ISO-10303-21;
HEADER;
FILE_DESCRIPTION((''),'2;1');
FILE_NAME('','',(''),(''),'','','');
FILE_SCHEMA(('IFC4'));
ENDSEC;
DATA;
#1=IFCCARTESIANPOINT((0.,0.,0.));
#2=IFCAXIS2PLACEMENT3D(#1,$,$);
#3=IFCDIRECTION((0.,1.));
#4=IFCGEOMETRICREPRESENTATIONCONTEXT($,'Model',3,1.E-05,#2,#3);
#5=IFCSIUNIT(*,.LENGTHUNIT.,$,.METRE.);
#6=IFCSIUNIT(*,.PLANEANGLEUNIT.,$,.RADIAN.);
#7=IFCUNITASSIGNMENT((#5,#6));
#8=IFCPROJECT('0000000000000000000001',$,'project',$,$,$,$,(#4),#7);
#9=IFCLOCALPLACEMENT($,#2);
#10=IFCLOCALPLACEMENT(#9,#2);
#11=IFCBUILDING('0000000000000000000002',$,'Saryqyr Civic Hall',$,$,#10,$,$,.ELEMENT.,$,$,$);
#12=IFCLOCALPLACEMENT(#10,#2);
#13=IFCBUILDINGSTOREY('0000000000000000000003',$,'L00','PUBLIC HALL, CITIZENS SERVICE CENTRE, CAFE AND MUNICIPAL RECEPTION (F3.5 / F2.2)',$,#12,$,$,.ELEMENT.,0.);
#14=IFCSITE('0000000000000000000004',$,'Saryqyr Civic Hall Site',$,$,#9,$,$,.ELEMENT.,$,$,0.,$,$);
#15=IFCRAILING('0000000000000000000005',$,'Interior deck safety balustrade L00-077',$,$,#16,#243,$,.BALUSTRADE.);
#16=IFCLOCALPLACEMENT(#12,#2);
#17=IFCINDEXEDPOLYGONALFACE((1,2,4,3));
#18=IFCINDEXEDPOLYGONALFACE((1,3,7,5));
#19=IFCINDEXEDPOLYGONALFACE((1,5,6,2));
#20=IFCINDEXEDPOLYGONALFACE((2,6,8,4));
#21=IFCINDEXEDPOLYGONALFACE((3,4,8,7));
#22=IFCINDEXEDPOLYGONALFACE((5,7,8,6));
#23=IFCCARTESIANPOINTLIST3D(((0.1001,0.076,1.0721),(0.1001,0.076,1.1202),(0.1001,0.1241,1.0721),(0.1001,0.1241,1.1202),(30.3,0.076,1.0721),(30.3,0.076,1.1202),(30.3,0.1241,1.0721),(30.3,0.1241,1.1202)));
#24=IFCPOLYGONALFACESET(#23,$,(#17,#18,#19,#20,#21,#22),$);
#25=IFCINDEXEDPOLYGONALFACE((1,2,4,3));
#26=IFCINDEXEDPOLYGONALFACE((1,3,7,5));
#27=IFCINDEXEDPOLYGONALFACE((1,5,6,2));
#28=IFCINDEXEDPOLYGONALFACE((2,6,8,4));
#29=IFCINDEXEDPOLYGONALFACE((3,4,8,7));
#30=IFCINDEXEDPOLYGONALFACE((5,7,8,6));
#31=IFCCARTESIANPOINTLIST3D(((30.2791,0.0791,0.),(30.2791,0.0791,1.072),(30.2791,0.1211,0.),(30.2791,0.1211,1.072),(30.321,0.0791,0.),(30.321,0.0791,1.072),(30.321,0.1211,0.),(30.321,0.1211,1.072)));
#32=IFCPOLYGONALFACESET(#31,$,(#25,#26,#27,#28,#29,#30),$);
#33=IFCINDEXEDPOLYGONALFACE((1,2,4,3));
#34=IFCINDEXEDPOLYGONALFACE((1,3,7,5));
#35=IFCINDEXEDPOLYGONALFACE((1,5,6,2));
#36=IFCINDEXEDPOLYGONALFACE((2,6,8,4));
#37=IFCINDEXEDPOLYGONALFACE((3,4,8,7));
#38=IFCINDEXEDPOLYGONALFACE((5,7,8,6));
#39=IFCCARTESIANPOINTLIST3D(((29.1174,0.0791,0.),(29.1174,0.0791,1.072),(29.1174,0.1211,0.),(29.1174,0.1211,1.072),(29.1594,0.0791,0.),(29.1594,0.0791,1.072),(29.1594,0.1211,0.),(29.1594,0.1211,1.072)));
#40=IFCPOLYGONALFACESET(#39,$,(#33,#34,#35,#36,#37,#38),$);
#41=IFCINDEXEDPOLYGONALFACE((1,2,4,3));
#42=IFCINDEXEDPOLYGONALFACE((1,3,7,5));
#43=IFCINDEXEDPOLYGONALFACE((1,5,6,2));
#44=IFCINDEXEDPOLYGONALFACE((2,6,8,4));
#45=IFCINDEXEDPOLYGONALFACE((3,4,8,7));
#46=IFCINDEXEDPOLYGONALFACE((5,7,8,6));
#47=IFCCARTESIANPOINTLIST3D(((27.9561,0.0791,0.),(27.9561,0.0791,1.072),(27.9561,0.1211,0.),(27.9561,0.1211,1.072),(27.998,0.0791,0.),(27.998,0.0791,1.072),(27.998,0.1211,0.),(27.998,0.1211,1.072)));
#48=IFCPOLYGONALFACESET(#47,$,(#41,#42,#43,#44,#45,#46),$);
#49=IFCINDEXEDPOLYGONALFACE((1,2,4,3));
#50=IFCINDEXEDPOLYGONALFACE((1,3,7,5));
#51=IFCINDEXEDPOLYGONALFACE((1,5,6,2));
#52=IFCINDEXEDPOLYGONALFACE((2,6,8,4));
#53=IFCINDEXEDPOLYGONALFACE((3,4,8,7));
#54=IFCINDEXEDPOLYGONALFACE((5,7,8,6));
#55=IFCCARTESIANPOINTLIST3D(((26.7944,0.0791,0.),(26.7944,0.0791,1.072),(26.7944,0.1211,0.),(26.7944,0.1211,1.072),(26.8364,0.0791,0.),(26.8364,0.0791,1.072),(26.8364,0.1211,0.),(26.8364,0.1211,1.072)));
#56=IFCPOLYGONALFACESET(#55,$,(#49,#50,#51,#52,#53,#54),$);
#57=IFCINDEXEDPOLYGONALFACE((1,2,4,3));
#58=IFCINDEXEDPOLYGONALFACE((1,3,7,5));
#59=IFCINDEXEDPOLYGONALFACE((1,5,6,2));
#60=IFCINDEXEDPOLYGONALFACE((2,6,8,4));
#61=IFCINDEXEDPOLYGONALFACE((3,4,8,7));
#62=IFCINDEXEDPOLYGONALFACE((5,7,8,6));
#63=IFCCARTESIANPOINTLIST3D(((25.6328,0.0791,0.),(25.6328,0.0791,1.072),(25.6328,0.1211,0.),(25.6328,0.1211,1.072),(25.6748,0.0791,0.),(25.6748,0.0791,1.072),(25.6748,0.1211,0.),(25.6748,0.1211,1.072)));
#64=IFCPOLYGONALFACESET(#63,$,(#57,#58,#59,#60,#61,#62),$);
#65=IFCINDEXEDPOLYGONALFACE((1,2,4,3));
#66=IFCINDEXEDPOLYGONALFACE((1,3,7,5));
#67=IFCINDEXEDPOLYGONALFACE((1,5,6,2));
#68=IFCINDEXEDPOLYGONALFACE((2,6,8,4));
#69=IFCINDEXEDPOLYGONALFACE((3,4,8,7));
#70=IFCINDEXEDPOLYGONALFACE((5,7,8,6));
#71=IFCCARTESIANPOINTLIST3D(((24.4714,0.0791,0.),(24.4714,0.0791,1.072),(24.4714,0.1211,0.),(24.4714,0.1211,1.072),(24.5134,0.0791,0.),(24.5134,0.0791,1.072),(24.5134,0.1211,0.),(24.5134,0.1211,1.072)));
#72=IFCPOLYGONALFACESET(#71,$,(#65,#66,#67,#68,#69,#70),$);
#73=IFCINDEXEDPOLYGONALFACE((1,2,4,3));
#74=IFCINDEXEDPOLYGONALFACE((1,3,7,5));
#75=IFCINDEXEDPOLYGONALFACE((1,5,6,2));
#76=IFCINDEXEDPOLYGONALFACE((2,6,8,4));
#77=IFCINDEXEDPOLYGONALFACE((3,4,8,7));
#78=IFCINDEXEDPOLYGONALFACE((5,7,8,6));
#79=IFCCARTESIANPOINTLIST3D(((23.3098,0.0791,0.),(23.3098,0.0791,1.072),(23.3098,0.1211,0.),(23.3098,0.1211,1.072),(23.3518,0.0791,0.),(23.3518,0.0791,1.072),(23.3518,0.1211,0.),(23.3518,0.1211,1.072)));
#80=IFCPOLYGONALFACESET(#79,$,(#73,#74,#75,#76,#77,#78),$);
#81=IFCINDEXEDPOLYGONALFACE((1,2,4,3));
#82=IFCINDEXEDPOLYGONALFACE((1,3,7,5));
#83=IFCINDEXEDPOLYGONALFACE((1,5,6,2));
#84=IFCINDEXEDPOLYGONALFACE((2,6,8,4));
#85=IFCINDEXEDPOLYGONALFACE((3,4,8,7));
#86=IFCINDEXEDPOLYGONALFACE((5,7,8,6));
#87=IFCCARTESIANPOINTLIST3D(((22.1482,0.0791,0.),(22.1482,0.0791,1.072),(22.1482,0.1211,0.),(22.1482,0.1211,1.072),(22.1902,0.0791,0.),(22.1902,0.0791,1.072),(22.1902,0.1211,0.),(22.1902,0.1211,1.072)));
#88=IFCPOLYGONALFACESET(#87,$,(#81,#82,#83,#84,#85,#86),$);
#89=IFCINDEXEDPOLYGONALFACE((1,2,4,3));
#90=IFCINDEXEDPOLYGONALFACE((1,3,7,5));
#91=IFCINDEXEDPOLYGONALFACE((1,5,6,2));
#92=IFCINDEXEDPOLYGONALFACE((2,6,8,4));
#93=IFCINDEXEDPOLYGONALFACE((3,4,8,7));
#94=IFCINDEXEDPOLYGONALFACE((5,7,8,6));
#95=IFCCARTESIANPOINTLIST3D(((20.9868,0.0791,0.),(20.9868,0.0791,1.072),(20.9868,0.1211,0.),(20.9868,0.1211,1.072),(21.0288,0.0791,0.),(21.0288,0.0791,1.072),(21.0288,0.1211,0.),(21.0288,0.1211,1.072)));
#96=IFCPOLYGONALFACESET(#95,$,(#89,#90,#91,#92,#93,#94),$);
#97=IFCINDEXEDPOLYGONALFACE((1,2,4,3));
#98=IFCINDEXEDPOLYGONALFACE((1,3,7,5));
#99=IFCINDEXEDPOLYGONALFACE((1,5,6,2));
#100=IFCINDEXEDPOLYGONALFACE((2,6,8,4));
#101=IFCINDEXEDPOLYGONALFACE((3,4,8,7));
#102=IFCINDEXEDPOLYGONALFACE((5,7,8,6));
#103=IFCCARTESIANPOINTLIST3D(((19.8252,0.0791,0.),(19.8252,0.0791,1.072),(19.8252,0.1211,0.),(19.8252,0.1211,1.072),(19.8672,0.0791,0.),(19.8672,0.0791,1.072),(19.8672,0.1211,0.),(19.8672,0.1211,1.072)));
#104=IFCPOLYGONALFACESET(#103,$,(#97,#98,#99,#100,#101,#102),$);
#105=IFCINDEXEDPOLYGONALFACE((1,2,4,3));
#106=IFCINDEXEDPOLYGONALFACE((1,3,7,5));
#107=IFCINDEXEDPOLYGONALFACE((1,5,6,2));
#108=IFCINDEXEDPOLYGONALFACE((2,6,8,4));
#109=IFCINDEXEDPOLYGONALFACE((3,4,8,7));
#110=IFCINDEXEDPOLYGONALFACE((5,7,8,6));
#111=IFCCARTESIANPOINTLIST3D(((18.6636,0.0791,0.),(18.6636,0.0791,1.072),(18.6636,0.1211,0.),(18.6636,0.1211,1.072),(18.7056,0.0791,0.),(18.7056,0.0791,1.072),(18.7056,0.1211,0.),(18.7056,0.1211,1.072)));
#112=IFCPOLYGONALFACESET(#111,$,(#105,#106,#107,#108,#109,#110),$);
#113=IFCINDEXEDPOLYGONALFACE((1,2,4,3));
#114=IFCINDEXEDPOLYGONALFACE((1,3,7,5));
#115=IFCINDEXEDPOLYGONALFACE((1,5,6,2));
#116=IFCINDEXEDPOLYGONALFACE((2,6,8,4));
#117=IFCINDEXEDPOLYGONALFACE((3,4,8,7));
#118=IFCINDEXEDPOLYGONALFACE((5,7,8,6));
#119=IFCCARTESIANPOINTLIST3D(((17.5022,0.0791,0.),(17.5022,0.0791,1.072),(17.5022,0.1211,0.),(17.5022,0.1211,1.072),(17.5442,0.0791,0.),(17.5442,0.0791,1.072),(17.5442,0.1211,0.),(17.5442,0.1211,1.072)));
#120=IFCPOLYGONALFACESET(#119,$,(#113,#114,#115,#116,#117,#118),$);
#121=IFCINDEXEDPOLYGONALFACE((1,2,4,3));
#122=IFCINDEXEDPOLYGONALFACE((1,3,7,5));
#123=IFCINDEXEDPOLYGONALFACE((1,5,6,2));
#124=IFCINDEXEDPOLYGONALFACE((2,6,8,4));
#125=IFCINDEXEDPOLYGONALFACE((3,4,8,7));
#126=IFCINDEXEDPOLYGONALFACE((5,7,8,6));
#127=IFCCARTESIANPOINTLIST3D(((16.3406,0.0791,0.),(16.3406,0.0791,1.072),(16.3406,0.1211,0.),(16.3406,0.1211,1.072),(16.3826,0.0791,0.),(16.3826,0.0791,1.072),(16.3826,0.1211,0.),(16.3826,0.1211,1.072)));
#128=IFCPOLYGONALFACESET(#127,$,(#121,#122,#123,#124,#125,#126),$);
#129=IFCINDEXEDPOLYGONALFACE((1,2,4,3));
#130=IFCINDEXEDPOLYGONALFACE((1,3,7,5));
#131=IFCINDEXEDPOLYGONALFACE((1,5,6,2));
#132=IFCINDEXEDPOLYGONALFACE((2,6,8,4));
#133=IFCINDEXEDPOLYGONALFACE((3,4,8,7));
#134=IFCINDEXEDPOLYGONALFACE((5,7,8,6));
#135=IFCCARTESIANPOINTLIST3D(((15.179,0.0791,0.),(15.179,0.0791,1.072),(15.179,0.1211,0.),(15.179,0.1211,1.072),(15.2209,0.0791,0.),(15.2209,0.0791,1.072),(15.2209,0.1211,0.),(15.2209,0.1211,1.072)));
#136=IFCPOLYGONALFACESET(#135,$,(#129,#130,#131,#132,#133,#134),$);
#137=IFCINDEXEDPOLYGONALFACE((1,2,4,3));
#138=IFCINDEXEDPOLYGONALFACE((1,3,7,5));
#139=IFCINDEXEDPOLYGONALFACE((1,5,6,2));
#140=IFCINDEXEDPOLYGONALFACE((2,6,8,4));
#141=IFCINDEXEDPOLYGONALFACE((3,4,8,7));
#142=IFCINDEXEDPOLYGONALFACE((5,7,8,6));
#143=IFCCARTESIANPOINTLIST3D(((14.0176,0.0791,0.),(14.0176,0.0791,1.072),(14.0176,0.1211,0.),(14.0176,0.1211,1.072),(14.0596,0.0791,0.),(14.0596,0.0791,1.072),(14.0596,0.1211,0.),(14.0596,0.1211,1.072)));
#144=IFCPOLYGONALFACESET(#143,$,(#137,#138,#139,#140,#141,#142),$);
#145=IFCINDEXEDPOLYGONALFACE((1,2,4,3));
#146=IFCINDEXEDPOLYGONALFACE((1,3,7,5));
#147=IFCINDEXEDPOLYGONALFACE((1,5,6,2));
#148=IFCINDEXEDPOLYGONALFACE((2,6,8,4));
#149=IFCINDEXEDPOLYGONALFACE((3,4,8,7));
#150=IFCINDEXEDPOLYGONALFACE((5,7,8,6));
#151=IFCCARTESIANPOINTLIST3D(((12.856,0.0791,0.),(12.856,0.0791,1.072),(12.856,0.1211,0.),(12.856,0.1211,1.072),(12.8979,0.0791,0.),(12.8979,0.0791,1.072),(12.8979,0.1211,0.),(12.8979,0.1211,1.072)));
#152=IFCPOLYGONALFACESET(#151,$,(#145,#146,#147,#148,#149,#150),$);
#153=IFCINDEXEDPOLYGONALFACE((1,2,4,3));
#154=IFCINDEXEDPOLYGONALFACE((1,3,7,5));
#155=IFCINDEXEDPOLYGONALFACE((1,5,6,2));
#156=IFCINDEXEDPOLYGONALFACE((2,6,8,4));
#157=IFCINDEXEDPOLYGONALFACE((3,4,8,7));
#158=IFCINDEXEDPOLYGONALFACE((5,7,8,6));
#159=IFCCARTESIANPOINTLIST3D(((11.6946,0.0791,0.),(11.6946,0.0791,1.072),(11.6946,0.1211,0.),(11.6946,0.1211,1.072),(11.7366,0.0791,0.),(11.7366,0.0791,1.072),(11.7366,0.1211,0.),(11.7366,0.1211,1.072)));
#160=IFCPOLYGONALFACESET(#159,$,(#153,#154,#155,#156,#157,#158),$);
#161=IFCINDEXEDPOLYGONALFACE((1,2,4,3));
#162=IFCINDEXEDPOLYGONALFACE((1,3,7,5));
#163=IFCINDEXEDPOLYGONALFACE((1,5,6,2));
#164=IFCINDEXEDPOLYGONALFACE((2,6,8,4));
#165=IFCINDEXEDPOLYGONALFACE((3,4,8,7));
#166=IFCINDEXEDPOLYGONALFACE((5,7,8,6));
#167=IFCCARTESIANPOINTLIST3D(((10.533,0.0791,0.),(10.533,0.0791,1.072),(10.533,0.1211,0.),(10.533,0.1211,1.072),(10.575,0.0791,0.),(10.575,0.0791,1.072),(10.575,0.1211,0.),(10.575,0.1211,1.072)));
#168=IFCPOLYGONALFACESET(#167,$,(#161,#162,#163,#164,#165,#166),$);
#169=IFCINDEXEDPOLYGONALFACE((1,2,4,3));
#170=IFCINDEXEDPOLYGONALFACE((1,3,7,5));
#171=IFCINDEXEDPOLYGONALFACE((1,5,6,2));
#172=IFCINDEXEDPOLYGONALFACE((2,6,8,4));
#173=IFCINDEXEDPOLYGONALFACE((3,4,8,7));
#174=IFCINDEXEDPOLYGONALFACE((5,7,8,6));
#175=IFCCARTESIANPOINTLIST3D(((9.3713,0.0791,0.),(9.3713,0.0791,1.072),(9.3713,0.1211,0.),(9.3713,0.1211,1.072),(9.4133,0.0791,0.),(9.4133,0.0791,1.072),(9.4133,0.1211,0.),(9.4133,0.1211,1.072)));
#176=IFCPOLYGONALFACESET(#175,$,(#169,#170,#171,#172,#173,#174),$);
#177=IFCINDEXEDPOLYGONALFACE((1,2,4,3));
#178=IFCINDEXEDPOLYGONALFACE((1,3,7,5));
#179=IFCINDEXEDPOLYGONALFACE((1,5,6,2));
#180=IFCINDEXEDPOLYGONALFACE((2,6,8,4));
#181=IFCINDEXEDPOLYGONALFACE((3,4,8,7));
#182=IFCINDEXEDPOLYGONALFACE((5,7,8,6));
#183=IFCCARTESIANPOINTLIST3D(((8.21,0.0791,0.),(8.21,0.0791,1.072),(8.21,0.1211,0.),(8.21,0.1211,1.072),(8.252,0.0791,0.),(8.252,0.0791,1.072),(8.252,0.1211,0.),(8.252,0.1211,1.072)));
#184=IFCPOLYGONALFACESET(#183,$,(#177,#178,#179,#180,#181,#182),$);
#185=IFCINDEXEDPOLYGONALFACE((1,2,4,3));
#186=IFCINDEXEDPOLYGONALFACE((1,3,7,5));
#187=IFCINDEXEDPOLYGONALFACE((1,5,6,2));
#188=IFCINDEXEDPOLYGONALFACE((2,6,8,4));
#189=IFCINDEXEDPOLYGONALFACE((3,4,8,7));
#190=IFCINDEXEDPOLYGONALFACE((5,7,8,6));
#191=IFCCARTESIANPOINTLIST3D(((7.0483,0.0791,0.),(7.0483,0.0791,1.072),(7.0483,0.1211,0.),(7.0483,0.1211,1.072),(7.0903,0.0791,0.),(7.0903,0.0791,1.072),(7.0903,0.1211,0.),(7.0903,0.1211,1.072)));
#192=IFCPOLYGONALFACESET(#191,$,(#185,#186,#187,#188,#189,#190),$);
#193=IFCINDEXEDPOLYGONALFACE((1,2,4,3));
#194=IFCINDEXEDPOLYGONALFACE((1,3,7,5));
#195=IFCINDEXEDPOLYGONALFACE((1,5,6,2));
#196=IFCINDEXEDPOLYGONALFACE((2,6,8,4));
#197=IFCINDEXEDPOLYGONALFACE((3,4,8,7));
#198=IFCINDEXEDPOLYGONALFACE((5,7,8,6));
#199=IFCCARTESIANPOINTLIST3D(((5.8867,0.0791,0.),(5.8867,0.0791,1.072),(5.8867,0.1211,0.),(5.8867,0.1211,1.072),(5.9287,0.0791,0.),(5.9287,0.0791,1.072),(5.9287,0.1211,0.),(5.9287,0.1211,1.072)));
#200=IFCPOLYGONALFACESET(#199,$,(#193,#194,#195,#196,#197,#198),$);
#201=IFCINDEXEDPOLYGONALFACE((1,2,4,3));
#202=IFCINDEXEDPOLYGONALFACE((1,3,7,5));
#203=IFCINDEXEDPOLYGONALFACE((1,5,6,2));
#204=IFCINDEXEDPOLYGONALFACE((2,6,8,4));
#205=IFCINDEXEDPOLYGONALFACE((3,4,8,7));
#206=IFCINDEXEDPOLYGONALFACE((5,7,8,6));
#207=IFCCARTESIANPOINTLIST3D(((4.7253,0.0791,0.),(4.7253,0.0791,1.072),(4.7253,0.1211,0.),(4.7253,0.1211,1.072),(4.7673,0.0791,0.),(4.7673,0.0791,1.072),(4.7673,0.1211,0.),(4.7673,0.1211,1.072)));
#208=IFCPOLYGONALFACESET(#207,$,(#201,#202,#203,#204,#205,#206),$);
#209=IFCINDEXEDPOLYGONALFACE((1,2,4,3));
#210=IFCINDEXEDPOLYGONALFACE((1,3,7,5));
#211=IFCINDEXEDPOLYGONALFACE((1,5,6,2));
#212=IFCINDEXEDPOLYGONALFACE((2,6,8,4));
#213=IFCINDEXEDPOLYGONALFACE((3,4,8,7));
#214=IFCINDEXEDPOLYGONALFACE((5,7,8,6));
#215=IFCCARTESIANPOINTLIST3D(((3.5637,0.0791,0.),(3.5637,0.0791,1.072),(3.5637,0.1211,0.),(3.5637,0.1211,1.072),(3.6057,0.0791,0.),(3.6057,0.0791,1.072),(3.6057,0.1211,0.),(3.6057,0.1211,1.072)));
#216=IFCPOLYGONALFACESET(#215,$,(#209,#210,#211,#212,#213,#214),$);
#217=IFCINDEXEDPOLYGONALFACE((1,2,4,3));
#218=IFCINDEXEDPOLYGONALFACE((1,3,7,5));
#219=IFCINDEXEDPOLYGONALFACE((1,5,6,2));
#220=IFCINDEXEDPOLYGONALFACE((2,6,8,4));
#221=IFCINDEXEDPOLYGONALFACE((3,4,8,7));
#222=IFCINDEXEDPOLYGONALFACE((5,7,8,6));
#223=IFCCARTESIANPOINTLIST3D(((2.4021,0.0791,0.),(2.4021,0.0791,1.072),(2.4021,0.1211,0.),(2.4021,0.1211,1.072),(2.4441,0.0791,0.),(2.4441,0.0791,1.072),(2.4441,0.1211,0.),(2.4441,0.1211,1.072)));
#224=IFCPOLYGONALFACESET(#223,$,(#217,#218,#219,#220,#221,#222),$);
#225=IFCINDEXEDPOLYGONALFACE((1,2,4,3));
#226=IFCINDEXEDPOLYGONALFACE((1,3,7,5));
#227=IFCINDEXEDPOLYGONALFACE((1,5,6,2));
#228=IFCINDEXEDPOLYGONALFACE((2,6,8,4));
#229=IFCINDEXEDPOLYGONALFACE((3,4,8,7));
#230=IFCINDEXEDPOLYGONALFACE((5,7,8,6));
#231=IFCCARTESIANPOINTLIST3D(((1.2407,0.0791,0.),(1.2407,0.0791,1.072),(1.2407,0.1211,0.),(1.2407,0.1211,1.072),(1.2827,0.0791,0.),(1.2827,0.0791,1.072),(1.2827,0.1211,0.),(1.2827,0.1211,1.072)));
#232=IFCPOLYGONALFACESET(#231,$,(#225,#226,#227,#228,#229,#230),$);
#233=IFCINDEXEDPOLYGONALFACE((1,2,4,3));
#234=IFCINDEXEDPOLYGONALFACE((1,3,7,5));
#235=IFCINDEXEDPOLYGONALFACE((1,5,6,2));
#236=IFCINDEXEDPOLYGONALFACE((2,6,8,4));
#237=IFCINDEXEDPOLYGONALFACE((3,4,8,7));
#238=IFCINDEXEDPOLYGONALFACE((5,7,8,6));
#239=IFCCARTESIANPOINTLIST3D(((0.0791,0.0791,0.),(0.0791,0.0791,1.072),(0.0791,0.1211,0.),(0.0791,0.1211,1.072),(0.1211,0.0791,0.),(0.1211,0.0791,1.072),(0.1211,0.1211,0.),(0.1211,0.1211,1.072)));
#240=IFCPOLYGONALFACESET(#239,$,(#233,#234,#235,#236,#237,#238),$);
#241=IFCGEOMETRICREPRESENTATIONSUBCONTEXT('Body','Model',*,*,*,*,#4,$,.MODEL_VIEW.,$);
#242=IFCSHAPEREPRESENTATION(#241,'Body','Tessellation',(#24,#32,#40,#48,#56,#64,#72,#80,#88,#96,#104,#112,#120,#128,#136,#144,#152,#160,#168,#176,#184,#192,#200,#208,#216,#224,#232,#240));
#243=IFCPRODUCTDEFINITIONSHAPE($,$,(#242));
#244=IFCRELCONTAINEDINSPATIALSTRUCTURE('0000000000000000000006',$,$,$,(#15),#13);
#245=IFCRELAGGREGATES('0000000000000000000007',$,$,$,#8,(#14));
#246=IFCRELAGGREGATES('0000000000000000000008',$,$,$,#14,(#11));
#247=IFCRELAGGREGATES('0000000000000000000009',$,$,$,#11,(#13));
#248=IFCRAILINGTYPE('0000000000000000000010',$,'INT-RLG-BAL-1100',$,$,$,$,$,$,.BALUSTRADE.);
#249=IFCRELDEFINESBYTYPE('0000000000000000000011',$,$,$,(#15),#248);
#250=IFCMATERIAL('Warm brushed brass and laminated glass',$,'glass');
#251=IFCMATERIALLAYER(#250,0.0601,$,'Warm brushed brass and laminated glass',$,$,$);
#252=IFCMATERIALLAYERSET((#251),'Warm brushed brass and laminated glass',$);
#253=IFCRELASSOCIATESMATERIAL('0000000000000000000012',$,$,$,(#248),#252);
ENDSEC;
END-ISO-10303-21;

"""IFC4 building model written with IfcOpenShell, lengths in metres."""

from ifc_helpers import new_model, si_unit, direction, frame, origin, origin_2d, place, context, subcontext, project, spatial, rectangle, extrude, material, layer, layer_set, type_object, element, save


model = new_model("IFC4")

# Units and contexts
model_context = context("Model", 3, precision=1e-05, world=origin(), true_north=direction((0.0, 1.0)))
body_context = subcontext(model_context, "Body", "Model", "MODEL_VIEW")
ifc_project = project(units=[si_unit("LENGTHUNIT", "METRE"), si_unit("PLANEANGLEUNIT", "RADIAN")], contexts=[model_context])

# Site, building, storey
site_placement = place(None, origin())
site = spatial("IfcSite", under=ifc_project, at=site_placement, Name="Saryqyr Civic Hall Site", CompositionType="ELEMENT", RefElevation=0.0)
building_placement = place(site_placement, origin())
building = spatial("IfcBuilding", under=site, at=building_placement, Name="Saryqyr Civic Hall", CompositionType="ELEMENT")
storey_placement = place(building_placement, origin())
storey = spatial("IfcBuildingStorey", under=building, at=storey_placement, Name="L00", Description="PUBLIC HALL, CITIZENS SERVICE CENTRE, CAFE AND MUNICIPAL RECEPTION (F3.5 / F2.2)", CompositionType="ELEMENT", Elevation=0.0)

# Railing
ifc_material_1 = material(Name="Warm brushed brass and laminated glass", Category="glass")
ifc_layer_1 = layer(ifc_material_1, 0.0601, Name="Warm brushed brass and laminated glass")
ifc_layer_set_1 = layer_set([ifc_layer_1], Name="Warm brushed brass and laminated glass")
railing_type = type_object("IfcRailingType", Name="INT-RLG-BAL-1100", PredefinedType="BALUSTRADE", material=ifc_layer_set_1)
railing_placement = place(storey_placement, frame((30.3, 0.1001, 0.0)))
element("IfcRailing", 1, at=railing_placement, inside=storey, type_object=railing_type, Name="Interior deck safety balustrade L00-077", PredefinedType="BALUSTRADE", context=body_context, shape_type="SweptSolid", body=[
    extrude(rectangle(XDim=0.0481, YDim=0.0481, at=origin_2d()), frame((0.0, 0.0, 1.0962), z_axis=(-1.0, 0.0, 0.0), x_axis=(0.0, -1.0, 0.0)), (0.0, 0.0, 1.0), 30.2),
    extrude(rectangle(XDim=0.042, YDim=0.042, at=origin_2d()), origin(), (0.0, 0.0, 1.0), 1.072),
    extrude(rectangle(XDim=0.042, YDim=0.042, at=origin_2d()), frame((-1.1616, 0.0, 0.0)), (0.0, 0.0, 1.0), 1.072),
    extrude(rectangle(XDim=0.042, YDim=0.042, at=origin_2d()), frame((-2.323, 0.0, 0.0)), (0.0, 0.0, 1.0), 1.072),
    extrude(rectangle(XDim=0.042, YDim=0.042, at=origin_2d()), frame((-3.4846, 0.0, 0.0)), (0.0, 0.0, 1.0), 1.072),
    extrude(rectangle(XDim=0.042, YDim=0.042, at=origin_2d()), frame((-4.6462, 0.0, 0.0)), (0.0, 0.0, 1.0), 1.072),
    extrude(rectangle(XDim=0.042, YDim=0.042, at=origin_2d()), frame((-5.8076, 0.0, 0.0)), (0.0, 0.0, 1.0), 1.072),
    extrude(rectangle(XDim=0.042, YDim=0.042, at=origin_2d()), frame((-6.9692, 0.0, 0.0)), (0.0, 0.0, 1.0), 1.072),
    extrude(rectangle(XDim=0.042, YDim=0.042, at=origin_2d()), frame((-8.1309, 0.0, 0.0)), (0.0, 0.0, 1.0), 1.072),
    extrude(rectangle(XDim=0.042, YDim=0.042, at=origin_2d()), frame((-9.2922, 0.0, 0.0)), (0.0, 0.0, 1.0), 1.072),
    extrude(rectangle(XDim=0.042, YDim=0.042, at=origin_2d()), frame((-10.4539, 0.0, 0.0)), (0.0, 0.0, 1.0), 1.072),
    extrude(rectangle(XDim=0.042, YDim=0.042, at=origin_2d()), frame((-11.6155, 0.0, 0.0)), (0.0, 0.0, 1.0), 1.072),
    extrude(rectangle(XDim=0.042, YDim=0.042, at=origin_2d()), frame((-12.7769, 0.0, 0.0)), (0.0, 0.0, 1.0), 1.072),
    extrude(rectangle(XDim=0.042, YDim=0.042, at=origin_2d()), frame((-13.9385, 0.0, 0.0)), (0.0, 0.0, 1.0), 1.072),
    extrude(rectangle(XDim=0.042, YDim=0.042, at=origin_2d()), frame((-15.1001, 0.0, 0.0)), (0.0, 0.0, 1.0), 1.072),
    extrude(rectangle(XDim=0.042, YDim=0.042, at=origin_2d()), frame((-16.2615, 0.0, 0.0)), (0.0, 0.0, 1.0), 1.072),
    extrude(rectangle(XDim=0.042, YDim=0.042, at=origin_2d()), frame((-17.4231, 0.0, 0.0)), (0.0, 0.0, 1.0), 1.072),
    extrude(rectangle(XDim=0.042, YDim=0.042, at=origin_2d()), frame((-18.5845, 0.0, 0.0)), (0.0, 0.0, 1.0), 1.072),
    extrude(rectangle(XDim=0.042, YDim=0.042, at=origin_2d()), frame((-19.7461, 0.0, 0.0)), (0.0, 0.0, 1.0), 1.072),
    extrude(rectangle(XDim=0.042, YDim=0.042, at=origin_2d()), frame((-20.9077, 0.0, 0.0)), (0.0, 0.0, 1.0), 1.072),
    extrude(rectangle(XDim=0.042, YDim=0.042, at=origin_2d()), frame((-22.0691, 0.0, 0.0)), (0.0, 0.0, 1.0), 1.072),
    extrude(rectangle(XDim=0.042, YDim=0.042, at=origin_2d()), frame((-23.2307, 0.0, 0.0)), (0.0, 0.0, 1.0), 1.072),
    extrude(rectangle(XDim=0.042, YDim=0.042, at=origin_2d()), frame((-24.3923, 0.0, 0.0)), (0.0, 0.0, 1.0), 1.072),
    extrude(rectangle(XDim=0.042, YDim=0.042, at=origin_2d()), frame((-25.5537, 0.0, 0.0)), (0.0, 0.0, 1.0), 1.072),
    extrude(rectangle(XDim=0.042, YDim=0.042, at=origin_2d()), frame((-26.7153, 0.0, 0.0)), (0.0, 0.0, 1.0), 1.072),
    extrude(rectangle(XDim=0.042, YDim=0.042, at=origin_2d()), frame((-27.877, 0.0, 0.0)), (0.0, 0.0, 1.0), 1.072),
    extrude(rectangle(XDim=0.042, YDim=0.042, at=origin_2d()), frame((-29.0383, 0.0, 0.0)), (0.0, 0.0, 1.0), 1.072),
    extrude(rectangle(XDim=0.042, YDim=0.042, at=origin_2d()), frame((-30.2, 0.0, 0.0)), (0.0, 0.0, 1.0), 1.072),
])

save(model, "model.ifc")
